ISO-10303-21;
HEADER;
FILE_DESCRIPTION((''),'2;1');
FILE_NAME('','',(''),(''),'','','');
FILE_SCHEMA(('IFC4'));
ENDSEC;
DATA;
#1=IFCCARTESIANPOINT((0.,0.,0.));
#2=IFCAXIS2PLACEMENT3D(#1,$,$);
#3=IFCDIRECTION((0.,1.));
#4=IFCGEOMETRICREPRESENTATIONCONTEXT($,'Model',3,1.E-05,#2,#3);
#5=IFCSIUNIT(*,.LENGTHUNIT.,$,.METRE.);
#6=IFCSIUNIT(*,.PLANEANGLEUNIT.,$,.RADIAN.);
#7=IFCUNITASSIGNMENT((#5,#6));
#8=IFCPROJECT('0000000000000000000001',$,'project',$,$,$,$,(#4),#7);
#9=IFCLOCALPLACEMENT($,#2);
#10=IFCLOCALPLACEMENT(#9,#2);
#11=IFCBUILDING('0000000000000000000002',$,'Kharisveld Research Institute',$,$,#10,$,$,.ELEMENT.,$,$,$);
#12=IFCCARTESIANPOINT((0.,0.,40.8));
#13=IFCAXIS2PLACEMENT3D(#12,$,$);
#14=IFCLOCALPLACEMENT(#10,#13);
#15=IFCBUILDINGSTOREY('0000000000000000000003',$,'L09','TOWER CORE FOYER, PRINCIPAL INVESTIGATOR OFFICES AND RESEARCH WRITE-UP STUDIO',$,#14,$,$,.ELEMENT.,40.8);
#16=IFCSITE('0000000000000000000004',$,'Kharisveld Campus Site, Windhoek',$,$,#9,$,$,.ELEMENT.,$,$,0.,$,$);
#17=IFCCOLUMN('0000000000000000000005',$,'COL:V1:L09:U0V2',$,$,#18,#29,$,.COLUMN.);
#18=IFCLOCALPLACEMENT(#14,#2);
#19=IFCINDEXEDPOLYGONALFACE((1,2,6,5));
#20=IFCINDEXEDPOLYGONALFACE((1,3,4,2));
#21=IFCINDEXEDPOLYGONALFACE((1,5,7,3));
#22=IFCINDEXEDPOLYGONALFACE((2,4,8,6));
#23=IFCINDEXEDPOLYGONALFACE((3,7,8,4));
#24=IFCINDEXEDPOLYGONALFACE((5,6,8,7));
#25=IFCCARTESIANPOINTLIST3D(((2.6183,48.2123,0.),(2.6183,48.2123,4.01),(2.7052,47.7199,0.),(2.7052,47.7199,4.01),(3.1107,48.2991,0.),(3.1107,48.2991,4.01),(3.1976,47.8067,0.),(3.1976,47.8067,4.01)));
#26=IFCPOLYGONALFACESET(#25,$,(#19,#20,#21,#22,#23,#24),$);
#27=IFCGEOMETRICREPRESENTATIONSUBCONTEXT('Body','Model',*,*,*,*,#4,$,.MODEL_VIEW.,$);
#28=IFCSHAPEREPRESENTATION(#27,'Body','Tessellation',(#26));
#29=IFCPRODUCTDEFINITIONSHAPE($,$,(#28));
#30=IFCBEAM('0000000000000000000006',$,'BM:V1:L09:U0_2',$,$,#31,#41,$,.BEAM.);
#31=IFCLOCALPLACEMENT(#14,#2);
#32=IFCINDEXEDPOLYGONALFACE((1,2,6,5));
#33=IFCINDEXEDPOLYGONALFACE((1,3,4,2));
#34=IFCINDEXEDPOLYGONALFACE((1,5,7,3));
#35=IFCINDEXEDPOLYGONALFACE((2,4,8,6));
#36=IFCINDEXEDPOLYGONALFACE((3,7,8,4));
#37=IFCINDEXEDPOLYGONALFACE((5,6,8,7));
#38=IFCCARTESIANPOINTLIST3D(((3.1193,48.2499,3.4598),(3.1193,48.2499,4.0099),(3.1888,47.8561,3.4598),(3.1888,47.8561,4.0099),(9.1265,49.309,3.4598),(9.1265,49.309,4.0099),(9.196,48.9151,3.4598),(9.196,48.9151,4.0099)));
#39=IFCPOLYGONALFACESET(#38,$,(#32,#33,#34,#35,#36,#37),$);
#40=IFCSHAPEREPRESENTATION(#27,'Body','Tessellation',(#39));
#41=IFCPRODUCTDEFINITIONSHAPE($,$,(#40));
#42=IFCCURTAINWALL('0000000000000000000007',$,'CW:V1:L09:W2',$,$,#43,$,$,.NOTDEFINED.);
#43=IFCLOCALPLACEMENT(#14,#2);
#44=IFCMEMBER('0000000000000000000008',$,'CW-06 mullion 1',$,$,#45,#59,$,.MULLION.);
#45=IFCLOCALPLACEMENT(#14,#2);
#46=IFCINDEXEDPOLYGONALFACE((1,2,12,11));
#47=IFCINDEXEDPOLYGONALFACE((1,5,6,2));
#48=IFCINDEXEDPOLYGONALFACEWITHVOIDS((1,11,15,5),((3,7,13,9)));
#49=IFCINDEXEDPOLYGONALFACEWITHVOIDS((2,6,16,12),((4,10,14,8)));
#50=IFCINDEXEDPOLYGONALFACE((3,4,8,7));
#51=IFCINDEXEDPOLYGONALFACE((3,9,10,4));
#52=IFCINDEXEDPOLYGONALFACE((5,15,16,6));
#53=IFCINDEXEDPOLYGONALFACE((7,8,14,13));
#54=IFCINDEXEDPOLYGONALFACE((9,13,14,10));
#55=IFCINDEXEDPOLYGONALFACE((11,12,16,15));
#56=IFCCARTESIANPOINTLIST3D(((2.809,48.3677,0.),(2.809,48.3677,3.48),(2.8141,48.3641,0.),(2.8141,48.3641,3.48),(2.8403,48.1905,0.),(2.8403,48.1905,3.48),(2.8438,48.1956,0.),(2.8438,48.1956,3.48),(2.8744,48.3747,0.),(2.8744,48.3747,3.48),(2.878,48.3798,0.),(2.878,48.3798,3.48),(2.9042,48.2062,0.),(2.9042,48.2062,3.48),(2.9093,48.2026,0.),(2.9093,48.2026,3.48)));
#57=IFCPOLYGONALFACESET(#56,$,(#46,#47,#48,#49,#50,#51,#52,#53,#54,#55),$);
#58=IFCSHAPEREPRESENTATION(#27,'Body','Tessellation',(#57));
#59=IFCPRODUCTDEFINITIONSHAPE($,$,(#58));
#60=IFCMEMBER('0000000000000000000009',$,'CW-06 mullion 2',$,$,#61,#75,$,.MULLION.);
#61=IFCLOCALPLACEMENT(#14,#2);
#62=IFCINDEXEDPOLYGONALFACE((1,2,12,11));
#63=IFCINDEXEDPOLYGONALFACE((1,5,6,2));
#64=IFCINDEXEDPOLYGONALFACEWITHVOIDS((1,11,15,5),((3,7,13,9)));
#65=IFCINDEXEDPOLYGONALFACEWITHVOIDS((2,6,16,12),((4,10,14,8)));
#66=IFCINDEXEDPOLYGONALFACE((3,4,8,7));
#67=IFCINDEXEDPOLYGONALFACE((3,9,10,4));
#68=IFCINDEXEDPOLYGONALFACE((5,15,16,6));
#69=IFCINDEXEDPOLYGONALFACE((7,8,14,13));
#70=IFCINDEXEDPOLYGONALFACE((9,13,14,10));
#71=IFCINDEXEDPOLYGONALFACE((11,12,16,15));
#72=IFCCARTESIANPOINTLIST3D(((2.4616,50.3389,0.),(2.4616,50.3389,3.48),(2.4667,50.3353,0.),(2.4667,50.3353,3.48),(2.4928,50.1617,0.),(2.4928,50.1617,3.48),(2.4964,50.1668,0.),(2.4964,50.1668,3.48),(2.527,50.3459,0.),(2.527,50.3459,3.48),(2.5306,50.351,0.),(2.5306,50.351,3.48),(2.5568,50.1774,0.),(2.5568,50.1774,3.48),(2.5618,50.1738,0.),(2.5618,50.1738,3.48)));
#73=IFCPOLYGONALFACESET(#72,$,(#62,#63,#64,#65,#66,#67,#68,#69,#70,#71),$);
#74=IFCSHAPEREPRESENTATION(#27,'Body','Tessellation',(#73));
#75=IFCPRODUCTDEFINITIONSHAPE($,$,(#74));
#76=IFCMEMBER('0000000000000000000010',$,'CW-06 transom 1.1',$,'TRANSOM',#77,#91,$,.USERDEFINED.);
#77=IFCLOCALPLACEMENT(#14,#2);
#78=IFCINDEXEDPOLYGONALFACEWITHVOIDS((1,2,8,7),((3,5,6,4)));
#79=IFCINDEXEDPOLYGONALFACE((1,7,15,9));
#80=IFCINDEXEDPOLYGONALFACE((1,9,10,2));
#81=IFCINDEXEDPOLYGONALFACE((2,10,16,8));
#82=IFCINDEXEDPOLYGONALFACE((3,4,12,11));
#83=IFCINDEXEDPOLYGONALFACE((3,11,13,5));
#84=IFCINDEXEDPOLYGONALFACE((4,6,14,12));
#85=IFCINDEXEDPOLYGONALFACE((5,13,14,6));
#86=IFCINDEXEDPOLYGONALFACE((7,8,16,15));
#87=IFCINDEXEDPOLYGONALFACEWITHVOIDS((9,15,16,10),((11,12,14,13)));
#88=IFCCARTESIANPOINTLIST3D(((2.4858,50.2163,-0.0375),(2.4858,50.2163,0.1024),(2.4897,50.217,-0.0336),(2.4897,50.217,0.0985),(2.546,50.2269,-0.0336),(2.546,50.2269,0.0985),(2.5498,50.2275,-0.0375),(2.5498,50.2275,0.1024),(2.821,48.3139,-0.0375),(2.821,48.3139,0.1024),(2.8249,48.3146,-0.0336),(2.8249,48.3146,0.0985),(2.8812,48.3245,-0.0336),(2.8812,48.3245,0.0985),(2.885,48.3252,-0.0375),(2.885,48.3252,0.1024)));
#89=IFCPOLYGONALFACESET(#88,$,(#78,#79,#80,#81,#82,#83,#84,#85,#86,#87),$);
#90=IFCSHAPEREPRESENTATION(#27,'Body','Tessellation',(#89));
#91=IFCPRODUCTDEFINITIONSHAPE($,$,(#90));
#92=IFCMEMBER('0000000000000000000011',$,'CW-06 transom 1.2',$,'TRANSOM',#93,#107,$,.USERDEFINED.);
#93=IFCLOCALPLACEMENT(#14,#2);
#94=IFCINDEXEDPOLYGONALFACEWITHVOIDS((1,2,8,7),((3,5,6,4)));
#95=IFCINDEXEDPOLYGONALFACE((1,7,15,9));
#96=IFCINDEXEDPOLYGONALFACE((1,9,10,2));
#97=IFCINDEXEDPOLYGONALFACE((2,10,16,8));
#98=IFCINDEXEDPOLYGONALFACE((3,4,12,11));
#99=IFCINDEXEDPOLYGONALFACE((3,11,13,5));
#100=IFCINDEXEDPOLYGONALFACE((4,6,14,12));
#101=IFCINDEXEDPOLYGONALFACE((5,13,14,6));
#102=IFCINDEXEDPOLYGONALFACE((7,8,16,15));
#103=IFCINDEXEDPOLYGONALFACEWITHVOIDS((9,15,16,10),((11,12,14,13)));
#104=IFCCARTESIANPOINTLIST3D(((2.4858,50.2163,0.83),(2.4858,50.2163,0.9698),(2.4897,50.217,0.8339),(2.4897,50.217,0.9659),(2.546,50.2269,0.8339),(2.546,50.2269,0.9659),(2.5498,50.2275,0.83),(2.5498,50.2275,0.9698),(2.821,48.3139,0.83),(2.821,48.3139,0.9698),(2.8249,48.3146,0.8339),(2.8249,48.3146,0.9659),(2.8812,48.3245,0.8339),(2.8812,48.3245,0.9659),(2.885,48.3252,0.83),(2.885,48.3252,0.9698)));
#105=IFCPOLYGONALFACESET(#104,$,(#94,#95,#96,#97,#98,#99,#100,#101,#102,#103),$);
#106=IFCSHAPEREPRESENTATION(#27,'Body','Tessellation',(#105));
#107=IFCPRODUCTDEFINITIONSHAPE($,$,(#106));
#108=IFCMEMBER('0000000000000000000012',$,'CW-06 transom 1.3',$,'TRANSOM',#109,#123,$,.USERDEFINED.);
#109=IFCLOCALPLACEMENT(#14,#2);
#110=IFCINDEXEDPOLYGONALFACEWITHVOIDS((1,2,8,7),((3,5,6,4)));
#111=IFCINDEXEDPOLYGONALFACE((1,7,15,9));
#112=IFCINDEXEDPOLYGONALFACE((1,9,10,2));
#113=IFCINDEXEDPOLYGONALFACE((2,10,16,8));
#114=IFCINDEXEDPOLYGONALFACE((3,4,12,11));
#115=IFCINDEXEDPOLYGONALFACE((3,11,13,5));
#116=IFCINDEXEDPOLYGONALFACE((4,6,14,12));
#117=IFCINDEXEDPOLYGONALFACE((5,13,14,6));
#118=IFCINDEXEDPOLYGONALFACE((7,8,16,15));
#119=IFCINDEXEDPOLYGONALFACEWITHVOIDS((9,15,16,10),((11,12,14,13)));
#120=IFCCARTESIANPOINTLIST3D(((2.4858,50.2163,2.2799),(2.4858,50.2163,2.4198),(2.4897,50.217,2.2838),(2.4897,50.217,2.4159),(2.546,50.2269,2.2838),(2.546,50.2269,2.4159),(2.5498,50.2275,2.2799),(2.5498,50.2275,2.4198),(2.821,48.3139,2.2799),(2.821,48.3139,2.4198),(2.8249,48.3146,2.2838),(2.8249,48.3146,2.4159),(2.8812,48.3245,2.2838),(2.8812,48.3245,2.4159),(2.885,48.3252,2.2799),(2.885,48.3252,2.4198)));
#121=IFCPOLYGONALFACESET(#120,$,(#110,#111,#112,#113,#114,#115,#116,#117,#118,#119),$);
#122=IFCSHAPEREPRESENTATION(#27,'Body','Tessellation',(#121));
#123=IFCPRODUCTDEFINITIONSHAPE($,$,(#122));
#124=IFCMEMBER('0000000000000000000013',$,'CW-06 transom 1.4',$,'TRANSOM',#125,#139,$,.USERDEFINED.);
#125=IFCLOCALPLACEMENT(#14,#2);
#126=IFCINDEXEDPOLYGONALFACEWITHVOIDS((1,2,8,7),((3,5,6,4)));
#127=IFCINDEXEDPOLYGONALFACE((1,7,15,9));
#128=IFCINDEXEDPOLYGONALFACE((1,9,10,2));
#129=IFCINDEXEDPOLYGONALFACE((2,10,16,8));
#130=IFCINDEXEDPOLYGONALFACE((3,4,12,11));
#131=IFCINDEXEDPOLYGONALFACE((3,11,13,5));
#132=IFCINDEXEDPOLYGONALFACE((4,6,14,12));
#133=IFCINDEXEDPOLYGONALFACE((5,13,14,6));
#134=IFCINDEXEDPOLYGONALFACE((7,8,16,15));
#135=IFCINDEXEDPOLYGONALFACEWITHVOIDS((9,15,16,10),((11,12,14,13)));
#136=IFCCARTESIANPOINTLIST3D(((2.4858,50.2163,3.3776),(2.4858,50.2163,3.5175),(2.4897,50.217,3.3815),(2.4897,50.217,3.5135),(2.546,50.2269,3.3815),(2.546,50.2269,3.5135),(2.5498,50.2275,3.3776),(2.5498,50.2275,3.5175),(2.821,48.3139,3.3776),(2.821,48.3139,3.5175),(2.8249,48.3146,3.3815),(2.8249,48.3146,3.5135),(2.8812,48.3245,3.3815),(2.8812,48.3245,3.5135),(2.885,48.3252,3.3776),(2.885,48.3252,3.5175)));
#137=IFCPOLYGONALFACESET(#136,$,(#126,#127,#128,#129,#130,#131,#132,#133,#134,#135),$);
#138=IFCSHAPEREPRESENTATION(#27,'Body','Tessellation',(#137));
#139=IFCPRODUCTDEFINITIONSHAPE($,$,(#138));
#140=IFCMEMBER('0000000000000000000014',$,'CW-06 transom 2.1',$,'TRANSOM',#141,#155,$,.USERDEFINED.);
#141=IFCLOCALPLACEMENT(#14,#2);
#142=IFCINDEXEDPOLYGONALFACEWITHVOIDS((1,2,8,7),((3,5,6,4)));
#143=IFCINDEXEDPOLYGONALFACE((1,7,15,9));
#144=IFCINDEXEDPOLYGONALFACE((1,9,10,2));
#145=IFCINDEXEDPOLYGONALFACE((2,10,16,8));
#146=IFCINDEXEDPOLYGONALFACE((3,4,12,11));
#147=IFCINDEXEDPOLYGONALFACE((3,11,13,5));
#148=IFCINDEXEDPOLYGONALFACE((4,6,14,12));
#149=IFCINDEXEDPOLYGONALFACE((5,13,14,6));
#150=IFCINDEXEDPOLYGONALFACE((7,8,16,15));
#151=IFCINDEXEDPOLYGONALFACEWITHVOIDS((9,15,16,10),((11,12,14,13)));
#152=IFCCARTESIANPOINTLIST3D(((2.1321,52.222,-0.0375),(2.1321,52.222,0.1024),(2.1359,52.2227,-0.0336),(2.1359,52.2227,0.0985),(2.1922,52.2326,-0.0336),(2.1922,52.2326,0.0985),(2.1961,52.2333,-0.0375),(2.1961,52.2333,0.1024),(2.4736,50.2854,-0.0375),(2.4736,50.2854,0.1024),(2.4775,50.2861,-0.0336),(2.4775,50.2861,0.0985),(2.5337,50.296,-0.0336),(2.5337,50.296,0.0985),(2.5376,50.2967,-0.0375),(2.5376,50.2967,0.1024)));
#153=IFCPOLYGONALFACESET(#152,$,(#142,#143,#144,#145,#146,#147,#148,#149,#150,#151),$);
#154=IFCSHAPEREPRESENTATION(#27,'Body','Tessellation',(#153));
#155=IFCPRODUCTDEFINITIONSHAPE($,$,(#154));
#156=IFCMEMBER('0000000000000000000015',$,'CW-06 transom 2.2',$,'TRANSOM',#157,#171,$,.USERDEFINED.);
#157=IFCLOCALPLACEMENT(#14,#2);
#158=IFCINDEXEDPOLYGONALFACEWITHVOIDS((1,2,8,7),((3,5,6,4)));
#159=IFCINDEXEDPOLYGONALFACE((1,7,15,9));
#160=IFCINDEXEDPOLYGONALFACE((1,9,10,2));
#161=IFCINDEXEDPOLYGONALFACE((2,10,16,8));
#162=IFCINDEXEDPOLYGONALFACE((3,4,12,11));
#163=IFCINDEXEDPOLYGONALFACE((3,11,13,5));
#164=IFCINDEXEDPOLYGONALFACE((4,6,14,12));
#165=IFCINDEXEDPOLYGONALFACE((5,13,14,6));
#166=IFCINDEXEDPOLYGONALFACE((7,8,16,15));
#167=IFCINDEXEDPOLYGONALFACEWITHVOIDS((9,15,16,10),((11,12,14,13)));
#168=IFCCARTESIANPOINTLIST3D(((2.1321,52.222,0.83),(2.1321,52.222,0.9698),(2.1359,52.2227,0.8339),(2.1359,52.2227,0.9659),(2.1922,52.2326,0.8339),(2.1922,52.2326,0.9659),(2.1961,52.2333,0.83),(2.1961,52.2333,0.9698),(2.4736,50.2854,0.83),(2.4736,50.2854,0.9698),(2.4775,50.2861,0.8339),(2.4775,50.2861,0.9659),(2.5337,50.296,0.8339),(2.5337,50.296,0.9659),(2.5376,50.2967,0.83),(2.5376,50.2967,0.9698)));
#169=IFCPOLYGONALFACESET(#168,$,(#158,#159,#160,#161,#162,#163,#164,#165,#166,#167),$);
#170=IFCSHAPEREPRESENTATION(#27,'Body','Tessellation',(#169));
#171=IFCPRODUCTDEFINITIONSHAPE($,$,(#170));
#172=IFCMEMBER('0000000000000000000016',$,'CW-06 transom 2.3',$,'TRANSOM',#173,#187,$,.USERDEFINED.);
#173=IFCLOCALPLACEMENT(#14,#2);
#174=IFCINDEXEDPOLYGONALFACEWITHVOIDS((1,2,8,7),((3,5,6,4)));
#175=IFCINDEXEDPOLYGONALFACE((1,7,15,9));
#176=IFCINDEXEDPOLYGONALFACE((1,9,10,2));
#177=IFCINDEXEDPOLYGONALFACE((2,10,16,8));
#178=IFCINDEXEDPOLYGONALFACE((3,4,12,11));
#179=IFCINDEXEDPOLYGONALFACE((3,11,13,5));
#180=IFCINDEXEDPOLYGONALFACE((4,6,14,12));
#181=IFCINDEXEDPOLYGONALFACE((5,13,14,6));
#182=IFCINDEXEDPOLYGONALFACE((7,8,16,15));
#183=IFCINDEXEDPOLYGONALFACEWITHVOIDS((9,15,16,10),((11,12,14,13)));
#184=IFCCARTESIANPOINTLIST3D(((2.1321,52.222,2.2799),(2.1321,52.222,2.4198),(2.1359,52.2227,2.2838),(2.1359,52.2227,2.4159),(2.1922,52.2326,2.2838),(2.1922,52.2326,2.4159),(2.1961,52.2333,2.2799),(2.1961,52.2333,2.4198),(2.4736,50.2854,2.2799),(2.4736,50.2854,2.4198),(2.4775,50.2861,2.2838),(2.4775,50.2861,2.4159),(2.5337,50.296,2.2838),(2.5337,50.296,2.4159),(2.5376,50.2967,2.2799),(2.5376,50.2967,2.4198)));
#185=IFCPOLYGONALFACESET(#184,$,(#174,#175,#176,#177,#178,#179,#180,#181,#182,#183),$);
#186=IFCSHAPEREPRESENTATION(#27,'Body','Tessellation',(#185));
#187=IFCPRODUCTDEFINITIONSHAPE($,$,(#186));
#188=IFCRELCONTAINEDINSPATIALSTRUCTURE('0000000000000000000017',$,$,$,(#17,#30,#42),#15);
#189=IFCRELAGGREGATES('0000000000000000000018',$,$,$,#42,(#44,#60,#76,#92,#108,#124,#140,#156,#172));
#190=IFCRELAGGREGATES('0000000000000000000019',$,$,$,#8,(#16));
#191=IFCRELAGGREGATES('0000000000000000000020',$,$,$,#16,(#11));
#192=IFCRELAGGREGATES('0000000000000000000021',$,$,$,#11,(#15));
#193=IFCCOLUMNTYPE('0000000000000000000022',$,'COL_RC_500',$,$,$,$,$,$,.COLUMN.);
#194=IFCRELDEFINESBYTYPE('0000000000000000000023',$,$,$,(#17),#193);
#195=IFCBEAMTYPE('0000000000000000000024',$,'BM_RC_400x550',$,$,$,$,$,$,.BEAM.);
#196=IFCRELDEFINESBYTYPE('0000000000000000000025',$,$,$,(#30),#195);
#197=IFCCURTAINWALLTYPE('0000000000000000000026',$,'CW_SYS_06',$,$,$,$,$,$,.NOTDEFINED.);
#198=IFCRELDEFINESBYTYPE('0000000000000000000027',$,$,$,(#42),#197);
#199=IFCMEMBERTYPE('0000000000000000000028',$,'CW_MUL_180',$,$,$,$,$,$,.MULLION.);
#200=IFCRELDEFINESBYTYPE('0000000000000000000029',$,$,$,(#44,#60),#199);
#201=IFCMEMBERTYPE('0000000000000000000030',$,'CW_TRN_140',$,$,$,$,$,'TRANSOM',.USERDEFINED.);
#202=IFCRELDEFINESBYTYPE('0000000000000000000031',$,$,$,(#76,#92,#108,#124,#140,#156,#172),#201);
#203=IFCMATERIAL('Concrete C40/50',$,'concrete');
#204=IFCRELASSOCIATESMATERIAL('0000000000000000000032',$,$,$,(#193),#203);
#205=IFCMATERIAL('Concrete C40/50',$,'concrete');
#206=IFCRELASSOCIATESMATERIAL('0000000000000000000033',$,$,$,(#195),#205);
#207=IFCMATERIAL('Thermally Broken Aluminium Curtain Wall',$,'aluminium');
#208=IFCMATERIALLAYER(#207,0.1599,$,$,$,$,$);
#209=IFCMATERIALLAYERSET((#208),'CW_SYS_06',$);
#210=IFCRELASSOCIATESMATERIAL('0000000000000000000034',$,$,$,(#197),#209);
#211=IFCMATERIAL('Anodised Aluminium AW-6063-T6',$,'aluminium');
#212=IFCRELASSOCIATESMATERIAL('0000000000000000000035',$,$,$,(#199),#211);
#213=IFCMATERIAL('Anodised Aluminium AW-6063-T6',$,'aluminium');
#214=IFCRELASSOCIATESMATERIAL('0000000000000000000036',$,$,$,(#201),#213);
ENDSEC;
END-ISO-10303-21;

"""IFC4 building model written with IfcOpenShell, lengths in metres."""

from ifc_helpers import new_model, si_unit, direction, frame, origin, origin_2d, place, context, subcontext, project, spatial, rectangle, hollow_rectangle, extrude, material, layer, layer_set, material_profile, profile_set, type_object, element, aggregate, save


model = new_model("IFC4")

# Units and contexts
model_context = context("Model", 3, precision=1e-05, world=origin(), true_north=direction((0.0, 1.0)))
body_context = subcontext(model_context, "Body", "Model", "MODEL_VIEW")
ifc_project = project(units=[si_unit("LENGTHUNIT", "METRE"), si_unit("PLANEANGLEUNIT", "RADIAN")], contexts=[model_context])

# Site, building, storey
site_placement = place(None, origin())
site = spatial("IfcSite", under=ifc_project, at=site_placement, Name="Kharisveld Campus Site, Windhoek", CompositionType="ELEMENT", RefElevation=0.0)
building_placement = place(site_placement, origin())
building = spatial("IfcBuilding", under=site, at=building_placement, Name="Kharisveld Research Institute", CompositionType="ELEMENT")
storey_placement = place(building_placement, frame((0.0, 0.0, 40.8)))
storey = spatial("IfcBuildingStorey", under=building, at=storey_placement, Name="L09", Description="TOWER CORE FOYER, PRINCIPAL INVESTIGATOR OFFICES AND RESEARCH WRITE-UP STUDIO", CompositionType="ELEMENT", Elevation=40.8)

# Column
ifc_material_1 = material(Name="Concrete C40/50", Category="concrete")
ifc_material_profile_1 = material_profile(ifc_material_1, rectangle(XDim=0.5, YDim=0.5, at=origin_2d()))
ifc_profile_set_1 = profile_set([ifc_material_profile_1], Name="Concrete C40/50")
column_type = type_object("IfcColumnType", Name="COL_RC_500", PredefinedType="COLUMN", material=ifc_profile_set_1)
column_placement = place(storey_placement, frame((2.908, 48.0095, 0.0), z_axis=(0.0, 0.0, 1.0), x_axis=(0.984808, 0.173648, 0.0)))
element("IfcColumn", 1, at=column_placement, inside=storey, type_object=column_type, Name="COL:V1:L09:U0V2", PredefinedType="COLUMN", context=body_context, shape_type="SweptSolid", body=[
    extrude(rectangle(XDim=0.5, YDim=0.5, at=origin_2d()), origin(), (0.0, 0.0, 1.0), 4.01),
])

# Beam
ifc_material_2 = material(Name="Concrete C40/50", Category="concrete")
ifc_material_profile_2 = material_profile(ifc_material_2, rectangle(XDim=0.3999, YDim=0.55, at=origin_2d()))
ifc_profile_set_2 = profile_set([ifc_material_profile_2], Name="Concrete C40/50")
beam_type_1 = type_object("IfcBeamType", Name="BM_RC_400x550", PredefinedType="BEAM", material=ifc_profile_set_2)
beam_1_placement = place(storey_placement, frame((3.1541, 48.053, 3.7349), z_axis=(0.984813, 0.173621, 0.0), x_axis=(-0.173621, 0.984813, 0.0)))
element("IfcBeam", 2, at=beam_1_placement, inside=storey, type_object=beam_type_1, Name="BM:V1:L09:U0_2", PredefinedType="BEAM", context=body_context, shape_type="SweptSolid", body=[
    extrude(rectangle(XDim=0.3999, YDim=0.55, at=origin_2d()), origin(), (0.0, 0.0, 1.0), 6.0999),
])

# Curtain wall, members
ifc_material_3 = material(Name="Thermally Broken Aluminium Curtain Wall", Category="aluminium")
ifc_layer_1 = layer(ifc_material_3, 0.1599)
ifc_layer_set_1 = layer_set([ifc_layer_1], Name="CW_SYS_06")
curtain_wall_type = type_object("IfcCurtainWallType", Name="CW_SYS_06", PredefinedType="NOTDEFINED", material=ifc_layer_set_1)
curtain_wall_placement = place(storey_placement, origin())
curtain_wall = element("IfcCurtainWall", 3, at=curtain_wall_placement, inside=storey, type_object=curtain_wall_type, Name="CW:V1:L09:W2", PredefinedType="NOTDEFINED")
ifc_material_4 = material(Name="Anodised Aluminium AW-6063-T6", Category="aluminium")
ifc_material_profile_3 = material_profile(ifc_material_4, hollow_rectangle(XDim=0.0701, YDim=0.1799, WallThickness=0.0044, at=origin_2d()))
ifc_profile_set_3 = profile_set([ifc_material_profile_3], Name="Anodised Aluminium AW-6063-T6")
member_type_1 = type_object("IfcMemberType", Name="CW_MUL_180", PredefinedType="MULLION", material=ifc_profile_set_3)
member_1_placement = place(storey_placement, frame((2.8591, 48.2852, 0.0), z_axis=(0.0, 0.0, 1.0), x_axis=(-0.984808, -0.173648, 0.0)))
member_1 = element("IfcMember", 4, at=member_1_placement, type_object=member_type_1, Name="CW-06 mullion 1", PredefinedType="MULLION", context=body_context, shape_type="SweptSolid", body=[
    extrude(hollow_rectangle(XDim=0.0701, YDim=0.1799, WallThickness=0.0044, at=origin_2d()), origin(), (0.0, 0.0, 1.0), 3.48),
])
member_2_placement = place(storey_placement, frame((2.5117, 50.2563, 0.0), z_axis=(0.0, 0.0, 1.0), x_axis=(-0.984808, -0.173648, 0.0)))
member_2 = element("IfcMember", 5, at=member_2_placement, type_object=member_type_1, Name="CW-06 mullion 2", PredefinedType="MULLION", context=body_context, shape_type="SweptSolid", body=[
    extrude(hollow_rectangle(XDim=0.0701, YDim=0.1799, WallThickness=0.0044, at=origin_2d()), origin(), (0.0, 0.0, 1.0), 3.48),
])
ifc_material_5 = material(Name="Anodised Aluminium AW-6063-T6", Category="aluminium")
ifc_material_profile_4 = material_profile(ifc_material_5, hollow_rectangle(XDim=0.0649, YDim=0.1399, WallThickness=0.0039, at=origin_2d()))
ifc_profile_set_4 = profile_set([ifc_material_profile_4], Name="Anodised Aluminium AW-6063-T6")
member_type_2 = type_object("IfcMemberType", Name="CW_TRN_140", ElementType="TRANSOM", PredefinedType="USERDEFINED", material=ifc_profile_set_4)
member_3_placement = place(storey_placement, frame((2.853, 48.3196, 0.0325), z_axis=(-0.173533, 0.984828, 0.0), x_axis=(-0.984828, -0.173533, 0.0)))
member_3 = element("IfcMember", 6, at=member_3_placement, type_object=member_type_2, Name="CW-06 transom 1.1", ObjectType="TRANSOM", PredefinedType="USERDEFINED", context=body_context, shape_type="SweptSolid", body=[
    extrude(hollow_rectangle(XDim=0.0649, YDim=0.1399, WallThickness=0.0039, at=origin_2d()), origin(), (0.0, 0.0, 1.0), 1.9316),
])
member_4_placement = place(storey_placement, frame((2.853, 48.3196, 0.8999), z_axis=(-0.173533, 0.984828, 0.0), x_axis=(-0.984828, -0.173533, 0.0)))
member_4 = element("IfcMember", 7, at=member_4_placement, type_object=member_type_2, Name="CW-06 transom 1.2", ObjectType="TRANSOM", PredefinedType="USERDEFINED", context=body_context, shape_type="SweptSolid", body=[
    extrude(hollow_rectangle(XDim=0.0649, YDim=0.1399, WallThickness=0.0039, at=origin_2d()), origin(), (0.0, 0.0, 1.0), 1.9316),
])
member_5_placement = place(storey_placement, frame((2.853, 48.3196, 2.3499), z_axis=(-0.173533, 0.984828, 0.0), x_axis=(-0.984828, -0.173533, 0.0)))
member_5 = element("IfcMember", 8, at=member_5_placement, type_object=member_type_2, Name="CW-06 transom 1.3", ObjectType="TRANSOM", PredefinedType="USERDEFINED", context=body_context, shape_type="SweptSolid", body=[
    extrude(hollow_rectangle(XDim=0.0649, YDim=0.1399, WallThickness=0.0039, at=origin_2d()), origin(), (0.0, 0.0, 1.0), 1.9316),
])
member_6_placement = place(storey_placement, frame((2.853, 48.3196, 3.4475), z_axis=(-0.173533, 0.984828, 0.0), x_axis=(-0.984828, -0.173533, 0.0)))
member_6 = element("IfcMember", 9, at=member_6_placement, type_object=member_type_2, Name="CW-06 transom 1.4", ObjectType="TRANSOM", PredefinedType="USERDEFINED", context=body_context, shape_type="SweptSolid", body=[
    extrude(hollow_rectangle(XDim=0.0649, YDim=0.1399, WallThickness=0.0039, at=origin_2d()), origin(), (0.0, 0.0, 1.0), 1.9316),
])
member_7_placement = place(storey_placement, frame((2.5056, 50.291, 0.0325), z_axis=(-0.173672, 0.984804, 0.0), x_axis=(-0.984804, -0.173672, 0.0)))
member_7 = element("IfcMember", 10, at=member_7_placement, type_object=member_type_2, Name="CW-06 transom 2.1", ObjectType="TRANSOM", PredefinedType="USERDEFINED", context=body_context, shape_type="SweptSolid", body=[
    extrude(hollow_rectangle(XDim=0.0649, YDim=0.1399, WallThickness=0.0039, at=origin_2d()), origin(), (0.0, 0.0, 1.0), 1.9666),
])
member_8_placement = place(storey_placement, frame((2.5056, 50.291, 0.8999), z_axis=(-0.173672, 0.984804, 0.0), x_axis=(-0.984804, -0.173672, 0.0)))
member_8 = element("IfcMember", 11, at=member_8_placement, type_object=member_type_2, Name="CW-06 transom 2.2", ObjectType="TRANSOM", PredefinedType="USERDEFINED", context=body_context, shape_type="SweptSolid", body=[
    extrude(hollow_rectangle(XDim=0.0649, YDim=0.1399, WallThickness=0.0039, at=origin_2d()), origin(), (0.0, 0.0, 1.0), 1.9666),
])
member_9_placement = place(storey_placement, frame((2.5056, 50.291, 2.3499), z_axis=(-0.173672, 0.984804, 0.0), x_axis=(-0.984804, -0.173672, 0.0)))
member_9 = element("IfcMember", 12, at=member_9_placement, type_object=member_type_2, Name="CW-06 transom 2.3", ObjectType="TRANSOM", PredefinedType="USERDEFINED", context=body_context, shape_type="SweptSolid", body=[
    extrude(hollow_rectangle(XDim=0.0649, YDim=0.1399, WallThickness=0.0039, at=origin_2d()), origin(), (0.0, 0.0, 1.0), 1.9666),
])

aggregate(curtain_wall, [member_1, member_2, member_3, member_4, member_5, member_6, member_7, member_8, member_9])

save(model, "model.ifc")
